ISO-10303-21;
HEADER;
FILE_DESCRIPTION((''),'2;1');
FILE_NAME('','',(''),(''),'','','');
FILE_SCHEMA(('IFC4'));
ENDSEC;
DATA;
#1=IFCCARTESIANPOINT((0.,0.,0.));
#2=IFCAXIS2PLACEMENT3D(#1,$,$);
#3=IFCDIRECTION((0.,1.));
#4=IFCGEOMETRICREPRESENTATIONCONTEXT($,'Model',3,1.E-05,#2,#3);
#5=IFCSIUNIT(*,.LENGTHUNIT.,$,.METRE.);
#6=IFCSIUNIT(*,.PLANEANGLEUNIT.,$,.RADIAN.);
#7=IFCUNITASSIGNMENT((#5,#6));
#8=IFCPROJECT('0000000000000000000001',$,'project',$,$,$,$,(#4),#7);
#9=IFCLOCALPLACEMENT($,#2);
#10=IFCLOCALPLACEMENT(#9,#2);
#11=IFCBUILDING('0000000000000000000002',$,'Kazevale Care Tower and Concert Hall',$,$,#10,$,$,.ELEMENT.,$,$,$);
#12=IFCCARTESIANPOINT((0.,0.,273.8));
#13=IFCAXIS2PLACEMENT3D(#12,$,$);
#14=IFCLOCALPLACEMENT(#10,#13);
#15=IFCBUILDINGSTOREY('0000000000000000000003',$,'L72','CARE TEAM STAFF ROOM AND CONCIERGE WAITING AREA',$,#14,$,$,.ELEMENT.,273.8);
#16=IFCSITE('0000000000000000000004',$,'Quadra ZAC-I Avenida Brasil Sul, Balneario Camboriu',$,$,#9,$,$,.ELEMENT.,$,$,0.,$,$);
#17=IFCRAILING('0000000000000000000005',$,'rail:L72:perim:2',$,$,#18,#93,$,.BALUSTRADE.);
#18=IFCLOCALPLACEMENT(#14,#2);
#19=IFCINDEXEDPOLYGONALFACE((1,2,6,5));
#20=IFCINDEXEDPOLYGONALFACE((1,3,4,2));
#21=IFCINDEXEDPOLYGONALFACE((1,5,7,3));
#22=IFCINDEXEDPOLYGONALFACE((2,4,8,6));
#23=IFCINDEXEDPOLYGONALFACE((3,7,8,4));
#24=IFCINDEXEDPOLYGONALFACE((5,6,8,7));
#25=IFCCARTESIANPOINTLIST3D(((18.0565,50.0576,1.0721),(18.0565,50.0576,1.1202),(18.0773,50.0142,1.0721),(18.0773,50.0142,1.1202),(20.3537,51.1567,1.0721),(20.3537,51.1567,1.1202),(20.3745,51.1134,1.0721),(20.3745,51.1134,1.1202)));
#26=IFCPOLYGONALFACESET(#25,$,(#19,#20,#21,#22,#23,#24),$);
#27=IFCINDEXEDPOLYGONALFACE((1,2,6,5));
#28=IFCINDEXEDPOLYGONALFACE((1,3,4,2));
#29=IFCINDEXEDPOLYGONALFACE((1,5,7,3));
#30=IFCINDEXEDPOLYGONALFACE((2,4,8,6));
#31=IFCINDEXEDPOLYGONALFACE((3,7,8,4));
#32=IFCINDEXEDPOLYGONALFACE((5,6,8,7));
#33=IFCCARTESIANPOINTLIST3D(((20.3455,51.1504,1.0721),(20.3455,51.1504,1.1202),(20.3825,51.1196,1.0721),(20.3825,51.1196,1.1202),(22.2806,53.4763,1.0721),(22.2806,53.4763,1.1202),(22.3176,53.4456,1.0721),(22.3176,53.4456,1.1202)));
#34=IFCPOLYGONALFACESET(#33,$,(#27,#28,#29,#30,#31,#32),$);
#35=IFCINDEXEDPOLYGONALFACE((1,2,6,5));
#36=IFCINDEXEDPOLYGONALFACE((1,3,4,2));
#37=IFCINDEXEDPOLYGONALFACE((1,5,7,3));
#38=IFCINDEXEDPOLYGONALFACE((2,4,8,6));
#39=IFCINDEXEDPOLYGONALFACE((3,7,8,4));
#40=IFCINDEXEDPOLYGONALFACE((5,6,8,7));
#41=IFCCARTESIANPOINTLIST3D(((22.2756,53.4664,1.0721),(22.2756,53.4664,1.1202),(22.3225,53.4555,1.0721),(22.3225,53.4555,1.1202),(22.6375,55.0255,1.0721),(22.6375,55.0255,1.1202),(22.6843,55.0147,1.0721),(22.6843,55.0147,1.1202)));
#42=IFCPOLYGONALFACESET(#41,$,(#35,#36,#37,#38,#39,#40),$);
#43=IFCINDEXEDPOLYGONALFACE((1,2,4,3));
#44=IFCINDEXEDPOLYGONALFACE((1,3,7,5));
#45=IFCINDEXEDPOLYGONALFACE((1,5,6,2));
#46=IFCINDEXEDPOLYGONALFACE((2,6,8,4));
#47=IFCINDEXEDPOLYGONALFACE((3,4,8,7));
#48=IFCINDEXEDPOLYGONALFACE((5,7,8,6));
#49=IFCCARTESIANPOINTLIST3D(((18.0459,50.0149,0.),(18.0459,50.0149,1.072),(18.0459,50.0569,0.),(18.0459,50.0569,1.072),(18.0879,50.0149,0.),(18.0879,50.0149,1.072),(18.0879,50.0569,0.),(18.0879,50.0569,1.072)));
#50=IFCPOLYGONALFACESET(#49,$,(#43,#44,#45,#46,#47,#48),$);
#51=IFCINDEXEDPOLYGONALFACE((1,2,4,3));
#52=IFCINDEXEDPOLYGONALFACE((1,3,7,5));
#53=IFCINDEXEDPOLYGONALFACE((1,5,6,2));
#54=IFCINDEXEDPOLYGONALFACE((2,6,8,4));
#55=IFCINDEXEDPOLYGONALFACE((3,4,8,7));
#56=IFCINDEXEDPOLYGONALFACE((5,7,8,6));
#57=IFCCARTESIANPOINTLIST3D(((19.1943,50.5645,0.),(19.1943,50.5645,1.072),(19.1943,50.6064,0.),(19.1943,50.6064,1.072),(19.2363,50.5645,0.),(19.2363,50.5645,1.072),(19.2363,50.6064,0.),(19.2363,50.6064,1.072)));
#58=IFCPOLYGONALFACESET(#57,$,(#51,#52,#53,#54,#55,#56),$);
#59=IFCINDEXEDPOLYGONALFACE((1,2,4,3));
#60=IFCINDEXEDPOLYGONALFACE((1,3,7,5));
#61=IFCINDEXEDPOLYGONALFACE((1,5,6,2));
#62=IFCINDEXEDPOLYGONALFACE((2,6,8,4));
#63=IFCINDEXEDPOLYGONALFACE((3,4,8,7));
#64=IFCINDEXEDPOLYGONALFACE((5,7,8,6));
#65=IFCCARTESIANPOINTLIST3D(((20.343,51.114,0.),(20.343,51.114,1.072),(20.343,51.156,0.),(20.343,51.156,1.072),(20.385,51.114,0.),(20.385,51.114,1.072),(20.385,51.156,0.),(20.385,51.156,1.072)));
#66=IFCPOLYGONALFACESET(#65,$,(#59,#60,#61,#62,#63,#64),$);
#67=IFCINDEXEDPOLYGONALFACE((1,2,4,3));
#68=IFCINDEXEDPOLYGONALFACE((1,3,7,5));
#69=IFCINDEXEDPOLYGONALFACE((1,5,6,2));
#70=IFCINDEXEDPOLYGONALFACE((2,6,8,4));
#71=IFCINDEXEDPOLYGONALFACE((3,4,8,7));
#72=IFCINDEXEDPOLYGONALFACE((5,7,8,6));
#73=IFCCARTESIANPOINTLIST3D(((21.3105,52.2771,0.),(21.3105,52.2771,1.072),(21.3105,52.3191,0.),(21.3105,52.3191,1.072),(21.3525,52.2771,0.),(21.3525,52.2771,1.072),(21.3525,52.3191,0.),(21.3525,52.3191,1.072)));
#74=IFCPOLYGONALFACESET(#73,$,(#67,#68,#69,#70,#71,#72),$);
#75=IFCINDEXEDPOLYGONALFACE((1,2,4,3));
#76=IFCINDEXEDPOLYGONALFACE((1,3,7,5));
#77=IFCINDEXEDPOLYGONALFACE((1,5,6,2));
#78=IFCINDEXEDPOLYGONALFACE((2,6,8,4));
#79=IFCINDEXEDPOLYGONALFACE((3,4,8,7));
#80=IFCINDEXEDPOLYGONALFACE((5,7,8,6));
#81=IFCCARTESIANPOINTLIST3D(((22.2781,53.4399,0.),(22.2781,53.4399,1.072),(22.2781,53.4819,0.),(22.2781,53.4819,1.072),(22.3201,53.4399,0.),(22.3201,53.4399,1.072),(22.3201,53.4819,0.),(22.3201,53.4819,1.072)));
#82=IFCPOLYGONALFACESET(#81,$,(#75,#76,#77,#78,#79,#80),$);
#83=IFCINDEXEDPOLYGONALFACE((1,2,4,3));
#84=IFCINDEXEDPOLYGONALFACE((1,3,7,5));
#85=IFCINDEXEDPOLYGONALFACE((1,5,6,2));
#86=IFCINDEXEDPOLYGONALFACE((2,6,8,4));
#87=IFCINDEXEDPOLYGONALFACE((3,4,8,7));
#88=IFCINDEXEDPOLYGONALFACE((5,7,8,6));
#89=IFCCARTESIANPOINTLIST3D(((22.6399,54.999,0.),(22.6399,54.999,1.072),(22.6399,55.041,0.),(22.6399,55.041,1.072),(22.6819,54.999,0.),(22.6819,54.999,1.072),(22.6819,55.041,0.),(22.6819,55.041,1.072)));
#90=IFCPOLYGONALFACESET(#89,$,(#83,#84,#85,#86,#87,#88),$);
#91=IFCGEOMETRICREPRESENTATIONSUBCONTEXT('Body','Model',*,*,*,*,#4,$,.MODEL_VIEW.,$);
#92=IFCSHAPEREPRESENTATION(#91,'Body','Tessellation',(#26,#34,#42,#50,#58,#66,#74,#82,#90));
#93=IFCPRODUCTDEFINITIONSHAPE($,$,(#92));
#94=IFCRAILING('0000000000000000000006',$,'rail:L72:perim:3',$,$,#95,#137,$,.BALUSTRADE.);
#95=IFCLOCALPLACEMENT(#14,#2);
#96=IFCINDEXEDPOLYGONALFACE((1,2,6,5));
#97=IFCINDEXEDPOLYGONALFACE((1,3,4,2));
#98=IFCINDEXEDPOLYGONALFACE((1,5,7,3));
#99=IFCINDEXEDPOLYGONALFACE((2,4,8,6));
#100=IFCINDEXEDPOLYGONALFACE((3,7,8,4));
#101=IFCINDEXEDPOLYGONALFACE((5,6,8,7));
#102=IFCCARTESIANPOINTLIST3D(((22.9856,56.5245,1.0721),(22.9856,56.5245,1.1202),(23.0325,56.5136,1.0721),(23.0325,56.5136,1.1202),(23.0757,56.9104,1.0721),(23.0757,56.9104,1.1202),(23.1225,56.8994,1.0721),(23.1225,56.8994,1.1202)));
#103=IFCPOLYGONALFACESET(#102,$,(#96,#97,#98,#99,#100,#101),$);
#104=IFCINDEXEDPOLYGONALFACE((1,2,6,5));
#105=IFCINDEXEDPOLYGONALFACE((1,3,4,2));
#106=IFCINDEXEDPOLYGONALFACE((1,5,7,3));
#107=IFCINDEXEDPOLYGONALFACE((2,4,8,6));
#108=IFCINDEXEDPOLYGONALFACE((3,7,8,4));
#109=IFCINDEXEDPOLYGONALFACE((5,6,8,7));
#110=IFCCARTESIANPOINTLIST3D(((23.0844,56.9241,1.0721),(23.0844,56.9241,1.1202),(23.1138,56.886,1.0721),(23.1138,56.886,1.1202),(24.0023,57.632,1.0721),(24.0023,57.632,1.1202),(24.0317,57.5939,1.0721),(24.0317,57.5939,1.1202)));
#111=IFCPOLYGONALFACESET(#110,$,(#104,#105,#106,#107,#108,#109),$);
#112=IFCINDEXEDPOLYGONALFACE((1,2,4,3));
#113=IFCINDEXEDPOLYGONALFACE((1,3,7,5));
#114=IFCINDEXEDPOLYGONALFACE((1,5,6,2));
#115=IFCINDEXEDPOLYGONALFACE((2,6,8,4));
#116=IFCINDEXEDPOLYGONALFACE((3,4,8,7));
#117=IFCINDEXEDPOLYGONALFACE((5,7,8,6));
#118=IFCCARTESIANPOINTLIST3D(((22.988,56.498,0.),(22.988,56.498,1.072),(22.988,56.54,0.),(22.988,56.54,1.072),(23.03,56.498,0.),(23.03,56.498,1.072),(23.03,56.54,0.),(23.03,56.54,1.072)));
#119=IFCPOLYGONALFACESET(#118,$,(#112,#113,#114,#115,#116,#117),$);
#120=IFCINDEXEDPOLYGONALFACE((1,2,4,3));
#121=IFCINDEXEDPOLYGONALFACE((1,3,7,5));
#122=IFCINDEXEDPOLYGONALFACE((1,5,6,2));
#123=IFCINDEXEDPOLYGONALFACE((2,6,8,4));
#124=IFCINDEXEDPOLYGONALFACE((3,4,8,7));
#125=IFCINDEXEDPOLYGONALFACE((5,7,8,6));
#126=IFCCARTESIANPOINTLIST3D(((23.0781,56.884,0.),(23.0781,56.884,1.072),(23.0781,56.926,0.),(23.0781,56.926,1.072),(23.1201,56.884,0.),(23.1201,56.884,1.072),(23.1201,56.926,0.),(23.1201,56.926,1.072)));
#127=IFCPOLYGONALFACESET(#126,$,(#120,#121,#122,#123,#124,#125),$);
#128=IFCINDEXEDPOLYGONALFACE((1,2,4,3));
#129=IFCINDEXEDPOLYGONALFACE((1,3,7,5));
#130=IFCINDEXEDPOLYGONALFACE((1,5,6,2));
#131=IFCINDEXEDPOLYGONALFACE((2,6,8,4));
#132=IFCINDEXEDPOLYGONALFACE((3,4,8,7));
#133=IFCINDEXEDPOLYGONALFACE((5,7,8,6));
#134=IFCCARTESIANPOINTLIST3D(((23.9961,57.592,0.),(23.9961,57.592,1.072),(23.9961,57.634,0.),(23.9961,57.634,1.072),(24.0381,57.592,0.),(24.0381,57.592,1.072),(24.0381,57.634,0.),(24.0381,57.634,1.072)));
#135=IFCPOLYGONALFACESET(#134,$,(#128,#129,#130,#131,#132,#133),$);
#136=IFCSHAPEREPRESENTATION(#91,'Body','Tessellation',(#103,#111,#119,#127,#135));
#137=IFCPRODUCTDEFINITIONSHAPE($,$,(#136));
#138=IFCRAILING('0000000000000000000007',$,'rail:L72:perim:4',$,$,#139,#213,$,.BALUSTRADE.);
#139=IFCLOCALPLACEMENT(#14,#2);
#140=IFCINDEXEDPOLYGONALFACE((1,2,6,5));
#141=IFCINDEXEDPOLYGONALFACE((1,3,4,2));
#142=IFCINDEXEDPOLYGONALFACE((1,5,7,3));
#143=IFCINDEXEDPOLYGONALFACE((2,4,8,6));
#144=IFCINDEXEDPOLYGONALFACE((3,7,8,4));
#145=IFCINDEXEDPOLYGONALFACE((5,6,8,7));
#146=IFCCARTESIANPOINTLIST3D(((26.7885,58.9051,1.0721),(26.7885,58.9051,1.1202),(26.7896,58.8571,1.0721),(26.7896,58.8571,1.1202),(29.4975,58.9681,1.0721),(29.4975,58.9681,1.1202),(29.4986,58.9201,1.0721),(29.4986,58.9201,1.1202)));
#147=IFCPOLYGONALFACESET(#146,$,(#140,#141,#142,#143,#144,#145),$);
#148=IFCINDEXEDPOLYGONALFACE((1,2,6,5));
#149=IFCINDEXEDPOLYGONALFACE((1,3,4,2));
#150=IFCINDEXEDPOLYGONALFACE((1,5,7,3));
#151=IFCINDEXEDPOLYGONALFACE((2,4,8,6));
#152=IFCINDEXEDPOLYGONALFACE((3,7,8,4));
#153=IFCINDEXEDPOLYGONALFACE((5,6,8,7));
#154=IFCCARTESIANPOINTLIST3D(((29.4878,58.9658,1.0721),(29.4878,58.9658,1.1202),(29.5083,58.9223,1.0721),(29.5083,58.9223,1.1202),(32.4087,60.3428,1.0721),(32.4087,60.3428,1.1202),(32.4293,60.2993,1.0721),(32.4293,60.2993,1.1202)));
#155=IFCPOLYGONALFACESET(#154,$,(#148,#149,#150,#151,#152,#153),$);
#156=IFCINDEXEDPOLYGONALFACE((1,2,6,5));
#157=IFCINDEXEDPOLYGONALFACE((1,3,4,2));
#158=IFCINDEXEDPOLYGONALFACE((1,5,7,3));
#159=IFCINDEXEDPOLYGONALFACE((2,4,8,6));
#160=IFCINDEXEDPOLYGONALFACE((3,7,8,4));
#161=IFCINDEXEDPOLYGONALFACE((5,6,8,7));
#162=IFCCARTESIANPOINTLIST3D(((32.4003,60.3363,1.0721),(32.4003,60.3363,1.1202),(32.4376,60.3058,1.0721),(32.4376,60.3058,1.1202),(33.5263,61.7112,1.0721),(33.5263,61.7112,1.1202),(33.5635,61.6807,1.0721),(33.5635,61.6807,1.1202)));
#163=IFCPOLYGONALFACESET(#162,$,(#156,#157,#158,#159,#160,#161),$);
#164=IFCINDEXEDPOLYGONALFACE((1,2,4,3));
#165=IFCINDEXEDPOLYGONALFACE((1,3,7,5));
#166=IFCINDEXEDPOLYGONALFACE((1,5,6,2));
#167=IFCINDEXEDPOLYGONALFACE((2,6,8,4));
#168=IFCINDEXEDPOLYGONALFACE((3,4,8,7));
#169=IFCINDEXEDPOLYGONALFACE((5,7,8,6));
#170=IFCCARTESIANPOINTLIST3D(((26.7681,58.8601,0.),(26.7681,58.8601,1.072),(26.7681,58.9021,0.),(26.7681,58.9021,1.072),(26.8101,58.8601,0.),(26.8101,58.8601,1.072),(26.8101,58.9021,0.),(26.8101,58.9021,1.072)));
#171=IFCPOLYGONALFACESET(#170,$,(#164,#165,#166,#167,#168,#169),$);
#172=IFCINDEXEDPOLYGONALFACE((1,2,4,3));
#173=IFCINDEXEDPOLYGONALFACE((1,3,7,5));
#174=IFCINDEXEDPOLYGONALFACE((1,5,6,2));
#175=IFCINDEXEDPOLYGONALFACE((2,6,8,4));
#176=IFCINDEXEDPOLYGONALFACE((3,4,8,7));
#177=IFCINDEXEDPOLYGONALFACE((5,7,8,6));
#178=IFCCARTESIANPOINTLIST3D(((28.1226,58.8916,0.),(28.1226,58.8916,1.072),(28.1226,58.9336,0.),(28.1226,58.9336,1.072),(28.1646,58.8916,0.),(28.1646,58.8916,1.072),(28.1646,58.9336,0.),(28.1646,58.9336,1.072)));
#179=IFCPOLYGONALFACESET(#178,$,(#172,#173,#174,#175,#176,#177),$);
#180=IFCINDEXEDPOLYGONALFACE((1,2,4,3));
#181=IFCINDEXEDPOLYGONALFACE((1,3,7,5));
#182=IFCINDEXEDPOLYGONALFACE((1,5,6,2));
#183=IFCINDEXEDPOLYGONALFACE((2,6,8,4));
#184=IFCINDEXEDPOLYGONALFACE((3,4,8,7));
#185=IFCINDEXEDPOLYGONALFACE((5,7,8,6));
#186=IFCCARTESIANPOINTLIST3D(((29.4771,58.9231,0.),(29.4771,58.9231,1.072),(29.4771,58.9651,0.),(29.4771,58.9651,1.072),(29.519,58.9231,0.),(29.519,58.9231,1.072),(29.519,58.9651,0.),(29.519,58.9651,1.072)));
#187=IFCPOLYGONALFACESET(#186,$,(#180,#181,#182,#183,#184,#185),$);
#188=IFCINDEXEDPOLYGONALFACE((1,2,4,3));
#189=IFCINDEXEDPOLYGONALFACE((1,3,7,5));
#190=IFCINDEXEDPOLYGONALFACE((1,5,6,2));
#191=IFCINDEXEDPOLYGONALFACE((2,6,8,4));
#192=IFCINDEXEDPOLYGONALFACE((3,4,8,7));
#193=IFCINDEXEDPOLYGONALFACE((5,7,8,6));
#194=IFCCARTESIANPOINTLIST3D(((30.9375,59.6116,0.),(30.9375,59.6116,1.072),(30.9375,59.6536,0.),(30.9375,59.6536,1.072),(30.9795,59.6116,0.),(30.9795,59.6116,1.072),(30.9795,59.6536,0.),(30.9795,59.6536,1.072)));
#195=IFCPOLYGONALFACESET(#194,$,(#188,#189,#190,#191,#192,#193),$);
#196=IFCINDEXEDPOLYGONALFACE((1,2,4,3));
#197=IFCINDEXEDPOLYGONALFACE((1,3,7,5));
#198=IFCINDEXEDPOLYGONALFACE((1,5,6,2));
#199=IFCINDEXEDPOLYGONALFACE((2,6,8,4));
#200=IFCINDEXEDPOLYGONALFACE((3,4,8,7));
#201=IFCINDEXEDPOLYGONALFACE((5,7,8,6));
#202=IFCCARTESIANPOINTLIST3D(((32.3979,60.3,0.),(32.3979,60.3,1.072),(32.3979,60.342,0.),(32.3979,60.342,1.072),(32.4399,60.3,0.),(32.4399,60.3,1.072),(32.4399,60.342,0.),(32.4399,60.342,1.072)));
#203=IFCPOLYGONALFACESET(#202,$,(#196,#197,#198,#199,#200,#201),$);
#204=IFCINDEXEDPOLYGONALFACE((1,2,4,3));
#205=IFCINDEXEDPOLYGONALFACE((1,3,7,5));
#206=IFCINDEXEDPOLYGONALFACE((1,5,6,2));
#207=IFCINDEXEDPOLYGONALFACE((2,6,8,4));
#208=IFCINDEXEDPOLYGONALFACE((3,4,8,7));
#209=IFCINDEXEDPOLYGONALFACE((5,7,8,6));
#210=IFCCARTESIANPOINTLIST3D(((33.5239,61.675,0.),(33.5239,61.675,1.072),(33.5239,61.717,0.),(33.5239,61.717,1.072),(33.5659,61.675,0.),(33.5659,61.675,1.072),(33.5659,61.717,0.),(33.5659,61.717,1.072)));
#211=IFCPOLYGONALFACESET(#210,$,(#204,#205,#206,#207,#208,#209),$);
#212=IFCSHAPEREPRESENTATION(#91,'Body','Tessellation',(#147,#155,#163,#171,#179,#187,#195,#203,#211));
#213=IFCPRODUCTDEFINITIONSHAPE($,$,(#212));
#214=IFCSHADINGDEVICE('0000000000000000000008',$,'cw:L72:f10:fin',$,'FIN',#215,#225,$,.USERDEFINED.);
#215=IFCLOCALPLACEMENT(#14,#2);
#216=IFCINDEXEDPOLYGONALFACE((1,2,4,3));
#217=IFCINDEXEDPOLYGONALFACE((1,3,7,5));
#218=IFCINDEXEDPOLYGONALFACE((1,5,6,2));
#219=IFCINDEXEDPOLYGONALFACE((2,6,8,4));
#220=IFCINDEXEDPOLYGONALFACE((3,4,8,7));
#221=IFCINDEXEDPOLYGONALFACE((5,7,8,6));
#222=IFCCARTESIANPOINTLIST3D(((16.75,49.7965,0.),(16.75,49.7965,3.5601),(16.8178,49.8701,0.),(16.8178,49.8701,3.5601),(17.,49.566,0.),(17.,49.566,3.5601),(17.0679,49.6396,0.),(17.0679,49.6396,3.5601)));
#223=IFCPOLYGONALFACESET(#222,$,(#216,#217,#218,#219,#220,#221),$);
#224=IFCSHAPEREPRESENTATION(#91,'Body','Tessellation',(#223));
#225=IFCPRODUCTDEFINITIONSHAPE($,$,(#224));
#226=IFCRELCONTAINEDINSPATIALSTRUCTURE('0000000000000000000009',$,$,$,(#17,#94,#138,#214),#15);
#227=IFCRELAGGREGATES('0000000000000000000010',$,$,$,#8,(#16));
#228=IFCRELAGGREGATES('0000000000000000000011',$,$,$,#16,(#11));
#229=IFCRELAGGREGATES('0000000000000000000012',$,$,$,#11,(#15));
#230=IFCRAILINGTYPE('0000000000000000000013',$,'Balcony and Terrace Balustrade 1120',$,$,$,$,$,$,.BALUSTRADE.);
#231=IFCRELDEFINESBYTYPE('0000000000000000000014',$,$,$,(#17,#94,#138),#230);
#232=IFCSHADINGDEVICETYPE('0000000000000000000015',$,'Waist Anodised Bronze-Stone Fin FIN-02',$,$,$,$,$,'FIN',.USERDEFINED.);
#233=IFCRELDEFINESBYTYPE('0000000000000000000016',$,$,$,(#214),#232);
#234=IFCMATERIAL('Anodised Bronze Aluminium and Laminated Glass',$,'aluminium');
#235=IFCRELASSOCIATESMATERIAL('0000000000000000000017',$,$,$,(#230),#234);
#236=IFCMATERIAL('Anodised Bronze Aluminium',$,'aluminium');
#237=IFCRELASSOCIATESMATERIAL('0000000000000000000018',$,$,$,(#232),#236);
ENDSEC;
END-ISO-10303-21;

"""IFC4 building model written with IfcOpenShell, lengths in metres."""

from ifc_helpers import new_model, si_unit, direction, frame, origin, origin_2d, place, context, subcontext, project, spatial, rectangle, extrude, material, type_object, element, save


model = new_model("IFC4")

# Units and contexts
model_context = context("Model", 3, precision=1e-05, world=origin(), true_north=direction((0.0, 1.0)))
body_context = subcontext(model_context, "Body", "Model", "MODEL_VIEW")
ifc_project = project(units=[si_unit("LENGTHUNIT", "METRE"), si_unit("PLANEANGLEUNIT", "RADIAN")], contexts=[model_context])

# Site, building, storey
site_placement = place(None, origin())
site = spatial("IfcSite", under=ifc_project, at=site_placement, Name="Quadra ZAC-I Avenida Brasil Sul, Balneario Camboriu", CompositionType="ELEMENT", RefElevation=0.0)
building_placement = place(site_placement, origin())
building = spatial("IfcBuilding", under=site, at=building_placement, Name="Kazevale Care Tower and Concert Hall", CompositionType="ELEMENT")
storey_placement = place(building_placement, frame((0.0, 0.0, 273.8)))
storey = spatial("IfcBuildingStorey", under=building, at=storey_placement, Name="L72", Description="CARE TEAM STAFF ROOM AND CONCIERGE WAITING AREA", CompositionType="ELEMENT", Elevation=273.8)

# Railings
ifc_material_1 = material(Name="Anodised Bronze Aluminium and Laminated Glass", Category="aluminium")
railing_type = type_object("IfcRailingType", Name="Balcony and Terrace Balustrade 1120", PredefinedType="BALUSTRADE", material=ifc_material_1)
railing_1_placement = place(storey_placement, frame((18.0669, 50.0359, 0.0)))
element("IfcRailing", 1, at=railing_1_placement, inside=storey, type_object=railing_type, Name="rail:L72:perim:2", PredefinedType="BALUSTRADE", context=body_context, shape_type="SweptSolid", body=[
    extrude(rectangle(XDim=0.0481, YDim=0.0481, at=origin_2d()), frame((0.0, 0.0, 1.0962), z_axis=(0.902058, 0.431615, 0.0), x_axis=(-0.431615, 0.902058, 0.0)), (0.0, 0.0, 1.0), 2.5466),
    extrude(rectangle(XDim=0.0481, YDim=0.0481, at=origin_2d()), frame((2.2971, 1.0991, 1.0962), z_axis=(0.639557, 0.768744, 0.0), x_axis=(-0.768744, 0.639557, 0.0)), (0.0, 0.0, 1.0), 3.0256),
    extrude(rectangle(XDim=0.0481, YDim=0.0481, at=origin_2d()), frame((4.2322, 3.425, 1.0962), z_axis=(0.226063, 0.974113, 0.0), x_axis=(-0.974113, 0.226063, 0.0)), (0.0, 0.0, 1.0), 1.6006),
    extrude(rectangle(XDim=0.042, YDim=0.042, at=origin_2d()), origin(), (0.0, 0.0, 1.0), 1.072),
    extrude(rectangle(XDim=0.042, YDim=0.042, at=origin_2d()), frame((1.1484, 0.5496, 0.0)), (0.0, 0.0, 1.0), 1.072),
    extrude(rectangle(XDim=0.042, YDim=0.042, at=origin_2d()), frame((2.2971, 1.0991, 0.0)), (0.0, 0.0, 1.0), 1.072),
    extrude(rectangle(XDim=0.042, YDim=0.042, at=origin_2d()), frame((3.2646, 2.2622, 0.0)), (0.0, 0.0, 1.0), 1.072),
    extrude(rectangle(XDim=0.042, YDim=0.042, at=origin_2d()), frame((4.2322, 3.425, 0.0)), (0.0, 0.0, 1.0), 1.072),
    extrude(rectangle(XDim=0.042, YDim=0.042, at=origin_2d()), frame((4.594, 4.9841, 0.0)), (0.0, 0.0, 1.0), 1.072),
])
railing_2_placement = place(storey_placement, frame((23.009, 56.519, 0.0)))
element("IfcRailing", 2, at=railing_2_placement, inside=storey, type_object=railing_type, Name="rail:L72:perim:3", PredefinedType="BALUSTRADE", context=body_context, shape_type="SweptSolid", body=[
    extrude(rectangle(XDim=0.0481, YDim=0.0481, at=origin_2d()), frame((0.0, 0.0, 1.0962), z_axis=(0.227288, 0.973828, 0.0), x_axis=(-0.973828, 0.227288, 0.0)), (0.0, 0.0, 1.0), 0.3962),
    extrude(rectangle(XDim=0.0481, YDim=0.0481, at=origin_2d()), frame((0.0901, 0.386, 1.0962), z_axis=(0.79184, 0.610728, 0.0), x_axis=(-0.610728, 0.79184, 0.0)), (0.0, 0.0, 1.0), 1.1592),
    extrude(rectangle(XDim=0.042, YDim=0.042, at=origin_2d()), origin(), (0.0, 0.0, 1.0), 1.072),
    extrude(rectangle(XDim=0.042, YDim=0.042, at=origin_2d()), frame((0.0901, 0.386, 0.0)), (0.0, 0.0, 1.0), 1.072),
    extrude(rectangle(XDim=0.042, YDim=0.042, at=origin_2d()), frame((1.0081, 1.094, 0.0)), (0.0, 0.0, 1.0), 1.072),
])
railing_3_placement = place(storey_placement, frame((26.7891, 58.8811, 0.0)))
element("IfcRailing", 3, at=railing_3_placement, inside=storey, type_object=railing_type, Name="rail:L72:perim:4", PredefinedType="BALUSTRADE", context=body_context, shape_type="SweptSolid", body=[
    extrude(rectangle(XDim=0.0481, YDim=0.0481, at=origin_2d()), frame((0.0, 0.0, 1.0962), z_axis=(0.99973, 0.023245, 0.0), x_axis=(-0.023245, 0.99973, 0.0)), (0.0, 0.0, 1.0), 2.7097),
    extrude(rectangle(XDim=0.0481, YDim=0.0481, at=origin_2d()), frame((2.709, 0.063, 1.0962), z_axis=(0.904531, 0.426409, 0.0), x_axis=(-0.426409, 0.904531, 0.0)), (0.0, 0.0, 1.0), 3.2292),
    extrude(rectangle(XDim=0.0481, YDim=0.0481, at=origin_2d()), frame((5.6299, 1.4399, 1.0962), z_axis=(0.633567, 0.773688, 0.0), x_axis=(-0.773688, 0.633567, 0.0)), (0.0, 0.0, 1.0), 1.7771),
    extrude(rectangle(XDim=0.042, YDim=0.042, at=origin_2d()), origin(), (0.0, 0.0, 1.0), 1.072),
    extrude(rectangle(XDim=0.042, YDim=0.042, at=origin_2d()), frame((1.3545, 0.0315, 0.0)), (0.0, 0.0, 1.0), 1.072),
    extrude(rectangle(XDim=0.042, YDim=0.042, at=origin_2d()), frame((2.709, 0.063, 0.0)), (0.0, 0.0, 1.0), 1.072),
    extrude(rectangle(XDim=0.042, YDim=0.042, at=origin_2d()), frame((4.1694, 0.7515, 0.0)), (0.0, 0.0, 1.0), 1.072),
    extrude(rectangle(XDim=0.042, YDim=0.042, at=origin_2d()), frame((5.6299, 1.4399, 0.0)), (0.0, 0.0, 1.0), 1.072),
    extrude(rectangle(XDim=0.042, YDim=0.042, at=origin_2d()), frame((6.7559, 2.8149, 0.0)), (0.0, 0.0, 1.0), 1.072),
])

# Shading device
ifc_material_2 = material(Name="Anodised Bronze Aluminium", Category="aluminium")
shading_device_type = type_object("IfcShadingDeviceType", Name="Waist Anodised Bronze-Stone Fin FIN-02", ElementType="FIN", PredefinedType="USERDEFINED", material=ifc_material_2)
shading_device_placement = place(storey_placement, frame((16.9089, 49.718, 0.0), z_axis=(0.0, 0.0, 1.0), x_axis=(-0.73527, 0.677775, 0.0)))
element("IfcShadingDevice", 4, at=shading_device_placement, inside=storey, type_object=shading_device_type, Name="cw:L72:f10:fin", ObjectType="FIN", PredefinedType="USERDEFINED", context=body_context, shape_type="SweptSolid", body=[
    extrude(rectangle(XDim=0.3401, YDim=0.1001, at=origin_2d()), origin(), (0.0, 0.0, 1.0), 3.5601),
])

save(model, "model.ifc")
